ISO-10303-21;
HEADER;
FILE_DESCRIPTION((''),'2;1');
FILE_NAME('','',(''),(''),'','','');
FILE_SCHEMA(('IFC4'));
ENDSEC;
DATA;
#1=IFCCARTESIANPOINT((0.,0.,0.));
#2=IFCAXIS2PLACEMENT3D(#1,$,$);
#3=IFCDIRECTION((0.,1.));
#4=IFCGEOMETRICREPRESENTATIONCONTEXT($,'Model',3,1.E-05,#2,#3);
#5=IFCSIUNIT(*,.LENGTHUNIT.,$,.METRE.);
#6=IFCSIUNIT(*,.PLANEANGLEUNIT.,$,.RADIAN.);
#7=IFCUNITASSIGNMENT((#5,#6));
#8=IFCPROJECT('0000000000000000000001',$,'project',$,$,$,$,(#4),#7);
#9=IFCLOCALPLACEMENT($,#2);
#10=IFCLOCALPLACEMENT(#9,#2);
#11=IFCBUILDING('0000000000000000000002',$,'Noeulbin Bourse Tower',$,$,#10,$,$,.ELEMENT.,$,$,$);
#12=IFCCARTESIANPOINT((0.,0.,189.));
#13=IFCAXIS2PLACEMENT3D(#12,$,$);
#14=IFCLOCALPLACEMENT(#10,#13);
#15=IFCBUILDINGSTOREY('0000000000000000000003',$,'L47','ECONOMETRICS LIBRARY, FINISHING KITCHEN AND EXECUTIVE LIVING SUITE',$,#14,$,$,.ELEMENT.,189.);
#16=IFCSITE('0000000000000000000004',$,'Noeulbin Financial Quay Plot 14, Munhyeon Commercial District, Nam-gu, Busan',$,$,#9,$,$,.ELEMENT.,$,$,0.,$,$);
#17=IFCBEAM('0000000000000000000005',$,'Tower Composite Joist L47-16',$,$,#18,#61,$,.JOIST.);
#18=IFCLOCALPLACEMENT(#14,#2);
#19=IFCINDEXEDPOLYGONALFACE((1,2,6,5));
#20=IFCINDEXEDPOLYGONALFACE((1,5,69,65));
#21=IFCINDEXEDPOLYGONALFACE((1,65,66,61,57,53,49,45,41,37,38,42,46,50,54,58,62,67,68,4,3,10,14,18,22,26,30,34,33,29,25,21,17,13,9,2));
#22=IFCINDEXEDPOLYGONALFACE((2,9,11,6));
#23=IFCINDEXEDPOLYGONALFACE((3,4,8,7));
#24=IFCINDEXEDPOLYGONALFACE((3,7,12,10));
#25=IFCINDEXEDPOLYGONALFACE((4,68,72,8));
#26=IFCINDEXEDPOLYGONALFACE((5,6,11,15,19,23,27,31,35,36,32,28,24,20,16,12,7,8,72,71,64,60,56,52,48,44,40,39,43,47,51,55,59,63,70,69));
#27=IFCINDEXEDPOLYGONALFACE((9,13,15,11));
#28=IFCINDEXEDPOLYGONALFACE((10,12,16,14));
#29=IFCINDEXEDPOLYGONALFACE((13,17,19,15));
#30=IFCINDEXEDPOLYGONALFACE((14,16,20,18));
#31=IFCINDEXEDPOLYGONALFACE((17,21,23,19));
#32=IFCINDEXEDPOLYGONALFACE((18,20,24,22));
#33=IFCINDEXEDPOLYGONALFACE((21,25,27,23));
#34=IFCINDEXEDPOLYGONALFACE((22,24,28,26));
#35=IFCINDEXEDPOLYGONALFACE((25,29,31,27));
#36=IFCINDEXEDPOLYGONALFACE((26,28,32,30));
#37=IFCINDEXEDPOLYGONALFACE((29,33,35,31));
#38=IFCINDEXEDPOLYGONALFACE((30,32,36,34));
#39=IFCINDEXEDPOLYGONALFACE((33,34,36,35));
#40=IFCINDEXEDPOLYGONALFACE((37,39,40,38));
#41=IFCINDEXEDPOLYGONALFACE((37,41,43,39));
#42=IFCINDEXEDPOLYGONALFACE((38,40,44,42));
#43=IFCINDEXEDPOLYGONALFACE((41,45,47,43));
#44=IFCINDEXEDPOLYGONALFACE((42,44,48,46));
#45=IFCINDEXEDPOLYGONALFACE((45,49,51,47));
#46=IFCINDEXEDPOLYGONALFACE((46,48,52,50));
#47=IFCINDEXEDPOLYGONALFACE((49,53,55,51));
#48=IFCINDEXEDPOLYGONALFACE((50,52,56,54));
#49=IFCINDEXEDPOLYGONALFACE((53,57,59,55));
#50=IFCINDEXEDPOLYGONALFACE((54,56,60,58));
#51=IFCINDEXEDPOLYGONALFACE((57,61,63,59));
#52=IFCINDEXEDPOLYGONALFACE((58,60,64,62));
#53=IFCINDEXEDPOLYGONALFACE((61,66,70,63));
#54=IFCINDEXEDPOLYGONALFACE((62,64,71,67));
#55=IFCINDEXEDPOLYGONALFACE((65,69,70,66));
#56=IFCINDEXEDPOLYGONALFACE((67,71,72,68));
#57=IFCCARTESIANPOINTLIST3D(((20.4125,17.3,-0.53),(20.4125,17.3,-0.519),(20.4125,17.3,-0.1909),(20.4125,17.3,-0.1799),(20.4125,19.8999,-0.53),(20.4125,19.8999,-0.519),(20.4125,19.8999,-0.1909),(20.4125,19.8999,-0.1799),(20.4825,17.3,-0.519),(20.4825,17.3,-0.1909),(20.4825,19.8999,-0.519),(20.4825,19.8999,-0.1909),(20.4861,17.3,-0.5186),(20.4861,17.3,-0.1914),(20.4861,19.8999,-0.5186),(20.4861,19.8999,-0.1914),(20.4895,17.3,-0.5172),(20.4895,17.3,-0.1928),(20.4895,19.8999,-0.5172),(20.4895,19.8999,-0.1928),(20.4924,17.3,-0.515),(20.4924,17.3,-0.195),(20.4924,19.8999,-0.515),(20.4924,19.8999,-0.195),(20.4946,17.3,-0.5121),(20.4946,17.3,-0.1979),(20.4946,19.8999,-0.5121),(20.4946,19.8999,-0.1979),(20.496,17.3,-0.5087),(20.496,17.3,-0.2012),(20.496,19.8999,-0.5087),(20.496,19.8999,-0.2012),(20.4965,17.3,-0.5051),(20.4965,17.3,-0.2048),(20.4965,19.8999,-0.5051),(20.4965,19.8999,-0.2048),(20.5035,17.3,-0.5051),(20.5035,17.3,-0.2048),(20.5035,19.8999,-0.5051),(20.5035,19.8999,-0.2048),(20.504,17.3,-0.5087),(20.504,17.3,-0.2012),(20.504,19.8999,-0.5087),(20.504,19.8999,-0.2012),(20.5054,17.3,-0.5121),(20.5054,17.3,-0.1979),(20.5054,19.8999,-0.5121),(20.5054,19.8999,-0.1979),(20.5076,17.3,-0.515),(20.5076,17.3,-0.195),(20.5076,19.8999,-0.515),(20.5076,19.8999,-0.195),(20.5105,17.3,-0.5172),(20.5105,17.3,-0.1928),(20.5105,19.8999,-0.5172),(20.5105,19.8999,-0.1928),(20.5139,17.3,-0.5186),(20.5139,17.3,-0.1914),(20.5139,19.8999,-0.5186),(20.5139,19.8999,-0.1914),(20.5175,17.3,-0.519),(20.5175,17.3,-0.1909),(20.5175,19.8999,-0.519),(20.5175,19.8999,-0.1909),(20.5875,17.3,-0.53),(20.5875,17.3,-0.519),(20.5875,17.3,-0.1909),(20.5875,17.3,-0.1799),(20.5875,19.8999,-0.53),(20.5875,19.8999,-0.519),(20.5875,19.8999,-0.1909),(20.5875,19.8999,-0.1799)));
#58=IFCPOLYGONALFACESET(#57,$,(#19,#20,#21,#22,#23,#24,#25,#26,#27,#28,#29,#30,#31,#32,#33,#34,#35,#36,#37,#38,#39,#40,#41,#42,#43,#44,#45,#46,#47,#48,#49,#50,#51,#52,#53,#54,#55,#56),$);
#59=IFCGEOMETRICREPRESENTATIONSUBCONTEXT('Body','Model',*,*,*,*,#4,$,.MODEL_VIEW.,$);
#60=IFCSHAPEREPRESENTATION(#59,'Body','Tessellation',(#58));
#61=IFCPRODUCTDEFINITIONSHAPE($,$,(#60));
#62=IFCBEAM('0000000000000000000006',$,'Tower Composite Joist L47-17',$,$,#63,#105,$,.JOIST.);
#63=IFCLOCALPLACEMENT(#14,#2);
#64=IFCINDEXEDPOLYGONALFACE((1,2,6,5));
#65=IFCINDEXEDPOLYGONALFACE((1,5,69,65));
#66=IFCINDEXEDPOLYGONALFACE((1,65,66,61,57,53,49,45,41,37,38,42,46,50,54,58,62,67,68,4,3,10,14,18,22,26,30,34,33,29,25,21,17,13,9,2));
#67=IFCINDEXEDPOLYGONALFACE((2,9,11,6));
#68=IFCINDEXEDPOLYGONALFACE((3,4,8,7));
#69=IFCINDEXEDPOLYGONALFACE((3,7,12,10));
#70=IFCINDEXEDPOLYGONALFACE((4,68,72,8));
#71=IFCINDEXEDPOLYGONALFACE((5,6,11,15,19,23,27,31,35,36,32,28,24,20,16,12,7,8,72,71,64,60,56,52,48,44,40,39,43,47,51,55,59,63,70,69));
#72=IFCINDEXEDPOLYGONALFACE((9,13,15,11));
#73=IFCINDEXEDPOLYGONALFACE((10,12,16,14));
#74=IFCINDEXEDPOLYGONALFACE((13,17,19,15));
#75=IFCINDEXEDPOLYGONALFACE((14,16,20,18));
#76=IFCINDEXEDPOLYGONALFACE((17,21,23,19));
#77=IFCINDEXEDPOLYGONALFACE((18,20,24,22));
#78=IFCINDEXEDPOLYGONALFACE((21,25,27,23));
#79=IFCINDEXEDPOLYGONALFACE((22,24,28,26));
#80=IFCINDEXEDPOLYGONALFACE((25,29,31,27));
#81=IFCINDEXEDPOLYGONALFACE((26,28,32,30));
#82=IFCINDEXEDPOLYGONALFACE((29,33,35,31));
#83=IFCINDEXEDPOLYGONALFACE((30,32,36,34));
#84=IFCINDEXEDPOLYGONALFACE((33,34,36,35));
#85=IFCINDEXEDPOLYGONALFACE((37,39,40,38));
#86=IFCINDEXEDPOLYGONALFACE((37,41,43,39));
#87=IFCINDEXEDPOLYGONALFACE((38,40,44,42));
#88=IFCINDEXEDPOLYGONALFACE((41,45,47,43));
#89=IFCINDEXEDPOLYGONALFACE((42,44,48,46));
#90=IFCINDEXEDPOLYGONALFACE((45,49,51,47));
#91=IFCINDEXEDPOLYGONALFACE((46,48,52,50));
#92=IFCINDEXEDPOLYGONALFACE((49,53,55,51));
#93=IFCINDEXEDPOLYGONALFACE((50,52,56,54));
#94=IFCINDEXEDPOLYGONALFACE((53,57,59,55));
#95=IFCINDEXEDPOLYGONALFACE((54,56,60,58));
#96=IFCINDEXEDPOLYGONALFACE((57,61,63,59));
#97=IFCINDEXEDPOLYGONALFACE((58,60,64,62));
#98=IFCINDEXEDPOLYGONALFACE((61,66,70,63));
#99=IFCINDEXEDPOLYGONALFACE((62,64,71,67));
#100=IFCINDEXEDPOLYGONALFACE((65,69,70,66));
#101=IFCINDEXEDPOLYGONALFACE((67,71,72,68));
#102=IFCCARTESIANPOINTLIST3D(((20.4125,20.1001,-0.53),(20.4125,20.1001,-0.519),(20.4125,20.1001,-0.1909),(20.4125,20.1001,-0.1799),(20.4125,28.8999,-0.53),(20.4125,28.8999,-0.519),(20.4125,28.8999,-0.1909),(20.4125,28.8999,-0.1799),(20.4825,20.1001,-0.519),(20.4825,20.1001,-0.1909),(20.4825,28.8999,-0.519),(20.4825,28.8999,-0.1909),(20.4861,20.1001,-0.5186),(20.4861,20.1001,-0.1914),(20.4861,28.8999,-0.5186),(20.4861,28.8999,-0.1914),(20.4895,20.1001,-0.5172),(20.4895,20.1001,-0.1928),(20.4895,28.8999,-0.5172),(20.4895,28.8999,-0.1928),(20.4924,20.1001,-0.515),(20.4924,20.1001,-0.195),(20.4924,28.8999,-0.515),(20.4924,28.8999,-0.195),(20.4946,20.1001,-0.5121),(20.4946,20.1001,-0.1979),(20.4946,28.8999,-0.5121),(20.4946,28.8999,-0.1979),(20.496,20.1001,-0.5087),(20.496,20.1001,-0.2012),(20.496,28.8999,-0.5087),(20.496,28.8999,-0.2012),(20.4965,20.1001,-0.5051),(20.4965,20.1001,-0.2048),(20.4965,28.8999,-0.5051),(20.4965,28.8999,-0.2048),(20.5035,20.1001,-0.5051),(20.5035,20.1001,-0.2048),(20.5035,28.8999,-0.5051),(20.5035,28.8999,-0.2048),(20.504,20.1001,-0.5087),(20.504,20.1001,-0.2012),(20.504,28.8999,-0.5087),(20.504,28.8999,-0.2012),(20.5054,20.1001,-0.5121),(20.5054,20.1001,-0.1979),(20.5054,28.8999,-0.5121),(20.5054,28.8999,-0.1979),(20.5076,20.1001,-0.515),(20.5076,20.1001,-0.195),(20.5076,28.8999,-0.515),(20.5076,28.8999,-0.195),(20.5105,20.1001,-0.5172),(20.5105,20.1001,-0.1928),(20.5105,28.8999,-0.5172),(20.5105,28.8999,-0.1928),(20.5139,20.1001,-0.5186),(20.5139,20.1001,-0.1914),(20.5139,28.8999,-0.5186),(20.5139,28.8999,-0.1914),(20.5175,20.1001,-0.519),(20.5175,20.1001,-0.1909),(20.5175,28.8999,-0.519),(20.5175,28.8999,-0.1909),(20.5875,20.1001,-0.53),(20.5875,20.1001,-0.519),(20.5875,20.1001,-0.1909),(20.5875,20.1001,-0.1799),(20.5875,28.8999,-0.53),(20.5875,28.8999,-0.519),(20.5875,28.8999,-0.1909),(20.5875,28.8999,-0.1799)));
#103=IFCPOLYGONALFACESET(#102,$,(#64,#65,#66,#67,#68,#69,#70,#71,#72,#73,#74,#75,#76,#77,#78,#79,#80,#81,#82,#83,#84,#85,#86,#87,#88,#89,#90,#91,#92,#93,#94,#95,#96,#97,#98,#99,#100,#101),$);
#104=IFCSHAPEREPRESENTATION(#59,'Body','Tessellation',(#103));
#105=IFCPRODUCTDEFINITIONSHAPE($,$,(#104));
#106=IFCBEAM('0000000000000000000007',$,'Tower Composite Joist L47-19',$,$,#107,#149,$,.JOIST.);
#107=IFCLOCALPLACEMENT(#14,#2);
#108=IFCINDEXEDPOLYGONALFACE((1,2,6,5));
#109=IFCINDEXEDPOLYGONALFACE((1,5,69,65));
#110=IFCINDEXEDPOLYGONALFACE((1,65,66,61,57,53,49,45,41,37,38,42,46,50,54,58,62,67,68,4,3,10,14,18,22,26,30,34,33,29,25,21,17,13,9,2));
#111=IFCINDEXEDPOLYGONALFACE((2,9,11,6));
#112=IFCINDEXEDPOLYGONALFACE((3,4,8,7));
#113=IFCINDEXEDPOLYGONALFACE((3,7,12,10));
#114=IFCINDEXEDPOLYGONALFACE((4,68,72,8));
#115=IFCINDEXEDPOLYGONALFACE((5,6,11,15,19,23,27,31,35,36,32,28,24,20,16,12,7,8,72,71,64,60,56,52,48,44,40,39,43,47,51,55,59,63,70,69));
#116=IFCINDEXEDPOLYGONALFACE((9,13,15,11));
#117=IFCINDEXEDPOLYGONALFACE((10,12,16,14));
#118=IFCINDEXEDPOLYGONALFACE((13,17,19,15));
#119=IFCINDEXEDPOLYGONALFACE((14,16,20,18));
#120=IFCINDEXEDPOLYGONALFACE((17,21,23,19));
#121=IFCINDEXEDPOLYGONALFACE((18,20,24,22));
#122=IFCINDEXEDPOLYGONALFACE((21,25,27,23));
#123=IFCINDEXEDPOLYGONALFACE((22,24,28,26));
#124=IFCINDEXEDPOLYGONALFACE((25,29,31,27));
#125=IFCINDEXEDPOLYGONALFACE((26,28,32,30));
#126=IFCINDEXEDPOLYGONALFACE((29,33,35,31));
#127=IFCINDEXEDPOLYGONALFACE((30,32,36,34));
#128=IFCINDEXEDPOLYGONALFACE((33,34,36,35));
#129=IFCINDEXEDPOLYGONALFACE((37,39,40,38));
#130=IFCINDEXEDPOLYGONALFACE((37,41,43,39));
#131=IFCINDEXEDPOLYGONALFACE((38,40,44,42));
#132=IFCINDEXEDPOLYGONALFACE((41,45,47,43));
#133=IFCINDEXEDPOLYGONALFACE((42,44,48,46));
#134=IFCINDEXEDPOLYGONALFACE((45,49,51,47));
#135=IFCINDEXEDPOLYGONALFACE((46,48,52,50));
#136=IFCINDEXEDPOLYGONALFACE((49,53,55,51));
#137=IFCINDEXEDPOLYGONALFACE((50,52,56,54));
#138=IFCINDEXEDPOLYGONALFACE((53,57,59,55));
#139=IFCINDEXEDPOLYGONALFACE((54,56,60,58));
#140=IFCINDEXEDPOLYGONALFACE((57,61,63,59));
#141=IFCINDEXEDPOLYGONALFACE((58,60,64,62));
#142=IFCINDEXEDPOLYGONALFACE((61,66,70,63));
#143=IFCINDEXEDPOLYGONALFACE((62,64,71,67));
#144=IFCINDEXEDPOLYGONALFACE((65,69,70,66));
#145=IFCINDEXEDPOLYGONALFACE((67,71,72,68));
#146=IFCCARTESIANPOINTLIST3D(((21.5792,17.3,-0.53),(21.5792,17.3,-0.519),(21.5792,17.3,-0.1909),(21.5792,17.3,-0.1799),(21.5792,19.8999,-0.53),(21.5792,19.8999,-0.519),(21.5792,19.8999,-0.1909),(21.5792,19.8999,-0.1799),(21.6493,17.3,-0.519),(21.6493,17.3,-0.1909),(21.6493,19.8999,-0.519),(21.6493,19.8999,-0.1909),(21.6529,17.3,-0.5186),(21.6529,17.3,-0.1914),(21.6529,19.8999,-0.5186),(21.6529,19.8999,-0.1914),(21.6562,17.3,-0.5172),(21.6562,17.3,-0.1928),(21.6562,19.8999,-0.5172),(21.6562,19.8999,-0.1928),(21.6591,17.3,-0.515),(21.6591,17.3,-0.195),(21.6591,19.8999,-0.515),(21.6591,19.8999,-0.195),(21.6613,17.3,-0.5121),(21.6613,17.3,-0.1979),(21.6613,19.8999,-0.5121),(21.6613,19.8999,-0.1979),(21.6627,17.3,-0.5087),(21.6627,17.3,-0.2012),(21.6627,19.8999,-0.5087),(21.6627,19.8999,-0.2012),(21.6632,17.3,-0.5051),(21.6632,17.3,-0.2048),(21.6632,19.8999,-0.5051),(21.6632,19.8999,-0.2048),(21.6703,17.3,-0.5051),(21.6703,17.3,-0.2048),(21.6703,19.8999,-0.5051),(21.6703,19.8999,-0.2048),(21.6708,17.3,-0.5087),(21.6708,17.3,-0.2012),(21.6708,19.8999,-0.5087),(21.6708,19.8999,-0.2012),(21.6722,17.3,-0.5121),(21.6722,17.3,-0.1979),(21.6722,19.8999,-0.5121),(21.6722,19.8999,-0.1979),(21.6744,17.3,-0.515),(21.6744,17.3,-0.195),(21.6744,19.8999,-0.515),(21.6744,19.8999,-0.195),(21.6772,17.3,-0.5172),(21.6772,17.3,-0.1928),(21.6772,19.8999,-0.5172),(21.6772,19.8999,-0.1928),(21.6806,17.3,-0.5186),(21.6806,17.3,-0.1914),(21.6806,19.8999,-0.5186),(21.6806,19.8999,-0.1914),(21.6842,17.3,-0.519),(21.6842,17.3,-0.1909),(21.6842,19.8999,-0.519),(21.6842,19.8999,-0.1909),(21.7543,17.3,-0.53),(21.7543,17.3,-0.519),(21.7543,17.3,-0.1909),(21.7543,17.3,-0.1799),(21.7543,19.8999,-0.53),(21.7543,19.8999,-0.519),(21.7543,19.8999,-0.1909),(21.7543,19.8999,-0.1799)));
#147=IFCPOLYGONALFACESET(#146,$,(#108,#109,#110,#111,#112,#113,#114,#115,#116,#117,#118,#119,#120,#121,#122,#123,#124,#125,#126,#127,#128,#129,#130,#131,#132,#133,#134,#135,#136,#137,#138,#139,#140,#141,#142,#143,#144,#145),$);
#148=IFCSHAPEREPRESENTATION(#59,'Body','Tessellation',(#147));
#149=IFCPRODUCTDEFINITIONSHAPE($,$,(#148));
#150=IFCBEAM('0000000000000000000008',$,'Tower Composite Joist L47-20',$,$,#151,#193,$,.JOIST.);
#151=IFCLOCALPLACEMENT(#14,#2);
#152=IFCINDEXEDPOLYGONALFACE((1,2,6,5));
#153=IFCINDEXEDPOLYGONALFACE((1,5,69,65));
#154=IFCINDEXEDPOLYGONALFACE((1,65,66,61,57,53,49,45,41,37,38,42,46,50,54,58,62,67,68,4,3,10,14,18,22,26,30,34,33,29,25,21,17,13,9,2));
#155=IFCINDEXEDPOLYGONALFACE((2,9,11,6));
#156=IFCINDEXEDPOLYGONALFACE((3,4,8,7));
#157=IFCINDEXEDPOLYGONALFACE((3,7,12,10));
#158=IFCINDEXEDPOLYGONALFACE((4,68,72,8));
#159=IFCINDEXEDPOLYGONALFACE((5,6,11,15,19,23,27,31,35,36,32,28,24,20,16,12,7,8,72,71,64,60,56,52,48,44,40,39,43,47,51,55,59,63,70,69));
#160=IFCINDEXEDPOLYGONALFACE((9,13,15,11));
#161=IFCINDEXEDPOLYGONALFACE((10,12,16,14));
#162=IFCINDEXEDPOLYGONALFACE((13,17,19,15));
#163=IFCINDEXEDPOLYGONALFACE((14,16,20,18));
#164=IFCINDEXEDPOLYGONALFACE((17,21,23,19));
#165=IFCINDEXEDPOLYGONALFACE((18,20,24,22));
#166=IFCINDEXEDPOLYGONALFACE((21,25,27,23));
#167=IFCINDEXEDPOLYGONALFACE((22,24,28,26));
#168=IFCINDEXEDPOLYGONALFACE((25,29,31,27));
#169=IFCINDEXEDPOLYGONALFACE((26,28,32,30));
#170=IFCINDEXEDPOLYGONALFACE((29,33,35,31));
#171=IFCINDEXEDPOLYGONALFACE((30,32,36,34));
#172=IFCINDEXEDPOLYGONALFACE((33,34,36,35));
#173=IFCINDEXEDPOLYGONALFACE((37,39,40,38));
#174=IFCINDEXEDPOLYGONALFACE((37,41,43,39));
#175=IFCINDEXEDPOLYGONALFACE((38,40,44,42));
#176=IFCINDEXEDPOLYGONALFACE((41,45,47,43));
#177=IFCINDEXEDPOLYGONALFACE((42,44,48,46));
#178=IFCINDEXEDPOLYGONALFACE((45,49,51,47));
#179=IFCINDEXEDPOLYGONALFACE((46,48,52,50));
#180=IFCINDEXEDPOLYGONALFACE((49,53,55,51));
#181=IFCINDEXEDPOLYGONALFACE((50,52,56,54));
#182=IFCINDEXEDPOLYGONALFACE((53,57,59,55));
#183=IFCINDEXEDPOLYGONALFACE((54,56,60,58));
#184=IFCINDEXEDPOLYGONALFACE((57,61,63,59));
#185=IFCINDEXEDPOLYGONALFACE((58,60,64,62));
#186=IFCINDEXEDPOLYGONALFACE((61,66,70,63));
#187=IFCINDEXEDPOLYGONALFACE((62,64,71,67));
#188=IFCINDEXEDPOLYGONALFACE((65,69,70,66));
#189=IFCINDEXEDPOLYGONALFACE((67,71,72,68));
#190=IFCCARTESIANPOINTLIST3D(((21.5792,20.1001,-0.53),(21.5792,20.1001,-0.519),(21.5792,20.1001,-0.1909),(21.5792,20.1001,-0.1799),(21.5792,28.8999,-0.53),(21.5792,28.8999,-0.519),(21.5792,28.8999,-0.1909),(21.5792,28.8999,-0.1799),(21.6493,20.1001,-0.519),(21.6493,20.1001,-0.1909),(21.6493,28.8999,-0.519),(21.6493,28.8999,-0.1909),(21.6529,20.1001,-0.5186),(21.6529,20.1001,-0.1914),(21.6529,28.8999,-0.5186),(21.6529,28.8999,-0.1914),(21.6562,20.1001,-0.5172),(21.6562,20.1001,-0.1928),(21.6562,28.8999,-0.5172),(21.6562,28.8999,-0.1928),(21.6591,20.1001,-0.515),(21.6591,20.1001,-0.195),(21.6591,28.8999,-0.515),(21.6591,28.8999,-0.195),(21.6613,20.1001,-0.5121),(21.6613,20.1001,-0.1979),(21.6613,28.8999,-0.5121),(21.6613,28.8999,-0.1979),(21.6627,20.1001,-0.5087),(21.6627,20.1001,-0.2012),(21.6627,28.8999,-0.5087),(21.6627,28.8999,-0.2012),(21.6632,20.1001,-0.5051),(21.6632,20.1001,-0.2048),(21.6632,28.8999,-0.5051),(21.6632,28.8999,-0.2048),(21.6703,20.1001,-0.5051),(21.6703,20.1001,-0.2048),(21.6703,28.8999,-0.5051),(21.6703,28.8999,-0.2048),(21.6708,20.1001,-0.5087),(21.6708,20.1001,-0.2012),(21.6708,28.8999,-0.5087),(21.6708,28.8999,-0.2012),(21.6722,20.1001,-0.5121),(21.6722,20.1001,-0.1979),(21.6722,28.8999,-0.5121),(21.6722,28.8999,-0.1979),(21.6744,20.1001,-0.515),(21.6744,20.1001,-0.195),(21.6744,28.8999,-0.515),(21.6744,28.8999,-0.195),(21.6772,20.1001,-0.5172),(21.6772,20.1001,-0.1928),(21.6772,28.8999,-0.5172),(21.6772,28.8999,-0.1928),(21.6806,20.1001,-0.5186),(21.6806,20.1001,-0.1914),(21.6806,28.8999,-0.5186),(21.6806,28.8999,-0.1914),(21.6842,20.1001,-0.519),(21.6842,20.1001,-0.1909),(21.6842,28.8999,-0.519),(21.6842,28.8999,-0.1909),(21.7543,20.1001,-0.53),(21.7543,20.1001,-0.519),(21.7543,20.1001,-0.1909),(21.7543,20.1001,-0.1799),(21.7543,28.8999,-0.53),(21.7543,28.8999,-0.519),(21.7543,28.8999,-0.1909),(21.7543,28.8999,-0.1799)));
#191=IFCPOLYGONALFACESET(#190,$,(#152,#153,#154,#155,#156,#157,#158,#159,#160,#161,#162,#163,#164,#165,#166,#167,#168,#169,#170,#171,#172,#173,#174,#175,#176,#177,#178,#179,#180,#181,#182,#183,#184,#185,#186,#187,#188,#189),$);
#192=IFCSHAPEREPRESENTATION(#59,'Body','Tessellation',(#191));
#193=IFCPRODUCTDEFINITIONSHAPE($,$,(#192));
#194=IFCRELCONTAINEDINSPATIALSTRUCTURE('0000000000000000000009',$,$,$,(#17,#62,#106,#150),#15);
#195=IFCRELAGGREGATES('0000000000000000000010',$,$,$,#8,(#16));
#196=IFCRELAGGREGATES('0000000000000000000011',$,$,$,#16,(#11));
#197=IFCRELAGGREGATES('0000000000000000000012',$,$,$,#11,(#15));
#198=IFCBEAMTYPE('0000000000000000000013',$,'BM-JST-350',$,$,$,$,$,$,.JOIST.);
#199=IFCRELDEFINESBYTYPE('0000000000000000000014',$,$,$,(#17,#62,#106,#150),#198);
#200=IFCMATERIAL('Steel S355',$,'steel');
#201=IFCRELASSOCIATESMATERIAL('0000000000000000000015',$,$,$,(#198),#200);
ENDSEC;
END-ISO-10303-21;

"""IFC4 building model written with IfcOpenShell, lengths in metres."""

from ifc_helpers import new_model, si_unit, direction, frame, origin, origin_2d, place, context, subcontext, project, spatial, i_section, extrude, material, material_profile, profile_set, type_object, element, save


model = new_model("IFC4")

# Units and contexts
model_context = context("Model", 3, precision=1e-05, world=origin(), true_north=direction((0.0, 1.0)))
body_context = subcontext(model_context, "Body", "Model", "MODEL_VIEW")
ifc_project = project(units=[si_unit("LENGTHUNIT", "METRE"), si_unit("PLANEANGLEUNIT", "RADIAN")], contexts=[model_context])

# Site, building, storey
site_placement = place(None, origin())
site = spatial("IfcSite", under=ifc_project, at=site_placement, Name="Noeulbin Financial Quay Plot 14, Munhyeon Commercial District, Nam-gu, Busan", CompositionType="ELEMENT", RefElevation=0.0)
building_placement = place(site_placement, origin())
building = spatial("IfcBuilding", under=site, at=building_placement, Name="Noeulbin Bourse Tower", CompositionType="ELEMENT")
storey_placement = place(building_placement, frame((0.0, 0.0, 189.0)))
storey = spatial("IfcBuildingStorey", under=building, at=storey_placement, Name="L47", Description="ECONOMETRICS LIBRARY, FINISHING KITCHEN AND EXECUTIVE LIVING SUITE", CompositionType="ELEMENT", Elevation=189.0)

# Shared definitions
ifc_material_1 = material(Name="Steel S355", Category="steel")

# Beams
ifc_material_profile_1 = material_profile(ifc_material_1, i_section(OverallWidth=0.175, OverallDepth=0.3501, WebThickness=0.0071, FlangeThickness=0.011, FilletRadius=0.0139, at=origin_2d()), Name="H-350x175x7x11", Category="LoadBearing")
ifc_profile_set_1 = profile_set([ifc_material_profile_1], Name="Steel S355")
beam_type_1 = type_object("IfcBeamType", Name="BM-JST-350", PredefinedType="JOIST", material=ifc_profile_set_1)
beam_1_placement = place(storey_placement, frame((20.5, 17.3, -0.355), z_axis=(0.0, 1.0, 0.0), x_axis=(-1.0, 0.0, 0.0)))
element("IfcBeam", 1, at=beam_1_placement, inside=storey, type_object=beam_type_1, Name="Tower Composite Joist L47-16", PredefinedType="JOIST", context=body_context, shape_type="SweptSolid", body=[
    extrude(i_section(OverallWidth=0.175, OverallDepth=0.3501, WebThickness=0.0071, FlangeThickness=0.011, FilletRadius=0.0139, at=origin_2d()), origin(), (0.0, 0.0, 1.0), 2.5999),
])
beam_2_placement = place(storey_placement, frame((20.5, 20.1001, -0.355), z_axis=(0.0, 1.0, 0.0), x_axis=(-1.0, 0.0, 0.0)))
element("IfcBeam", 2, at=beam_2_placement, inside=storey, type_object=beam_type_1, Name="Tower Composite Joist L47-17", PredefinedType="JOIST", context=body_context, shape_type="SweptSolid", body=[
    extrude(i_section(OverallWidth=0.175, OverallDepth=0.3501, WebThickness=0.0071, FlangeThickness=0.011, FilletRadius=0.0139, at=origin_2d()), origin(), (0.0, 0.0, 1.0), 8.7998),
])
beam_3_placement = place(storey_placement, frame((21.6667, 17.3, -0.355), z_axis=(0.0, 1.0, 0.0), x_axis=(-1.0, 0.0, 0.0)))
element("IfcBeam", 3, at=beam_3_placement, inside=storey, type_object=beam_type_1, Name="Tower Composite Joist L47-19", PredefinedType="JOIST", context=body_context, shape_type="SweptSolid", body=[
    extrude(i_section(OverallWidth=0.175, OverallDepth=0.3501, WebThickness=0.0071, FlangeThickness=0.011, FilletRadius=0.0139, at=origin_2d()), origin(), (0.0, 0.0, 1.0), 2.5999),
])
beam_4_placement = place(storey_placement, frame((21.6667, 20.1001, -0.355), z_axis=(0.0, 1.0, 0.0), x_axis=(-1.0, 0.0, 0.0)))
element("IfcBeam", 4, at=beam_4_placement, inside=storey, type_object=beam_type_1, Name="Tower Composite Joist L47-20", PredefinedType="JOIST", context=body_context, shape_type="SweptSolid", body=[
    extrude(i_section(OverallWidth=0.175, OverallDepth=0.3501, WebThickness=0.0071, FlangeThickness=0.011, FilletRadius=0.0139, at=origin_2d()), origin(), (0.0, 0.0, 1.0), 8.7998),
])

save(model, "model.ifc")
